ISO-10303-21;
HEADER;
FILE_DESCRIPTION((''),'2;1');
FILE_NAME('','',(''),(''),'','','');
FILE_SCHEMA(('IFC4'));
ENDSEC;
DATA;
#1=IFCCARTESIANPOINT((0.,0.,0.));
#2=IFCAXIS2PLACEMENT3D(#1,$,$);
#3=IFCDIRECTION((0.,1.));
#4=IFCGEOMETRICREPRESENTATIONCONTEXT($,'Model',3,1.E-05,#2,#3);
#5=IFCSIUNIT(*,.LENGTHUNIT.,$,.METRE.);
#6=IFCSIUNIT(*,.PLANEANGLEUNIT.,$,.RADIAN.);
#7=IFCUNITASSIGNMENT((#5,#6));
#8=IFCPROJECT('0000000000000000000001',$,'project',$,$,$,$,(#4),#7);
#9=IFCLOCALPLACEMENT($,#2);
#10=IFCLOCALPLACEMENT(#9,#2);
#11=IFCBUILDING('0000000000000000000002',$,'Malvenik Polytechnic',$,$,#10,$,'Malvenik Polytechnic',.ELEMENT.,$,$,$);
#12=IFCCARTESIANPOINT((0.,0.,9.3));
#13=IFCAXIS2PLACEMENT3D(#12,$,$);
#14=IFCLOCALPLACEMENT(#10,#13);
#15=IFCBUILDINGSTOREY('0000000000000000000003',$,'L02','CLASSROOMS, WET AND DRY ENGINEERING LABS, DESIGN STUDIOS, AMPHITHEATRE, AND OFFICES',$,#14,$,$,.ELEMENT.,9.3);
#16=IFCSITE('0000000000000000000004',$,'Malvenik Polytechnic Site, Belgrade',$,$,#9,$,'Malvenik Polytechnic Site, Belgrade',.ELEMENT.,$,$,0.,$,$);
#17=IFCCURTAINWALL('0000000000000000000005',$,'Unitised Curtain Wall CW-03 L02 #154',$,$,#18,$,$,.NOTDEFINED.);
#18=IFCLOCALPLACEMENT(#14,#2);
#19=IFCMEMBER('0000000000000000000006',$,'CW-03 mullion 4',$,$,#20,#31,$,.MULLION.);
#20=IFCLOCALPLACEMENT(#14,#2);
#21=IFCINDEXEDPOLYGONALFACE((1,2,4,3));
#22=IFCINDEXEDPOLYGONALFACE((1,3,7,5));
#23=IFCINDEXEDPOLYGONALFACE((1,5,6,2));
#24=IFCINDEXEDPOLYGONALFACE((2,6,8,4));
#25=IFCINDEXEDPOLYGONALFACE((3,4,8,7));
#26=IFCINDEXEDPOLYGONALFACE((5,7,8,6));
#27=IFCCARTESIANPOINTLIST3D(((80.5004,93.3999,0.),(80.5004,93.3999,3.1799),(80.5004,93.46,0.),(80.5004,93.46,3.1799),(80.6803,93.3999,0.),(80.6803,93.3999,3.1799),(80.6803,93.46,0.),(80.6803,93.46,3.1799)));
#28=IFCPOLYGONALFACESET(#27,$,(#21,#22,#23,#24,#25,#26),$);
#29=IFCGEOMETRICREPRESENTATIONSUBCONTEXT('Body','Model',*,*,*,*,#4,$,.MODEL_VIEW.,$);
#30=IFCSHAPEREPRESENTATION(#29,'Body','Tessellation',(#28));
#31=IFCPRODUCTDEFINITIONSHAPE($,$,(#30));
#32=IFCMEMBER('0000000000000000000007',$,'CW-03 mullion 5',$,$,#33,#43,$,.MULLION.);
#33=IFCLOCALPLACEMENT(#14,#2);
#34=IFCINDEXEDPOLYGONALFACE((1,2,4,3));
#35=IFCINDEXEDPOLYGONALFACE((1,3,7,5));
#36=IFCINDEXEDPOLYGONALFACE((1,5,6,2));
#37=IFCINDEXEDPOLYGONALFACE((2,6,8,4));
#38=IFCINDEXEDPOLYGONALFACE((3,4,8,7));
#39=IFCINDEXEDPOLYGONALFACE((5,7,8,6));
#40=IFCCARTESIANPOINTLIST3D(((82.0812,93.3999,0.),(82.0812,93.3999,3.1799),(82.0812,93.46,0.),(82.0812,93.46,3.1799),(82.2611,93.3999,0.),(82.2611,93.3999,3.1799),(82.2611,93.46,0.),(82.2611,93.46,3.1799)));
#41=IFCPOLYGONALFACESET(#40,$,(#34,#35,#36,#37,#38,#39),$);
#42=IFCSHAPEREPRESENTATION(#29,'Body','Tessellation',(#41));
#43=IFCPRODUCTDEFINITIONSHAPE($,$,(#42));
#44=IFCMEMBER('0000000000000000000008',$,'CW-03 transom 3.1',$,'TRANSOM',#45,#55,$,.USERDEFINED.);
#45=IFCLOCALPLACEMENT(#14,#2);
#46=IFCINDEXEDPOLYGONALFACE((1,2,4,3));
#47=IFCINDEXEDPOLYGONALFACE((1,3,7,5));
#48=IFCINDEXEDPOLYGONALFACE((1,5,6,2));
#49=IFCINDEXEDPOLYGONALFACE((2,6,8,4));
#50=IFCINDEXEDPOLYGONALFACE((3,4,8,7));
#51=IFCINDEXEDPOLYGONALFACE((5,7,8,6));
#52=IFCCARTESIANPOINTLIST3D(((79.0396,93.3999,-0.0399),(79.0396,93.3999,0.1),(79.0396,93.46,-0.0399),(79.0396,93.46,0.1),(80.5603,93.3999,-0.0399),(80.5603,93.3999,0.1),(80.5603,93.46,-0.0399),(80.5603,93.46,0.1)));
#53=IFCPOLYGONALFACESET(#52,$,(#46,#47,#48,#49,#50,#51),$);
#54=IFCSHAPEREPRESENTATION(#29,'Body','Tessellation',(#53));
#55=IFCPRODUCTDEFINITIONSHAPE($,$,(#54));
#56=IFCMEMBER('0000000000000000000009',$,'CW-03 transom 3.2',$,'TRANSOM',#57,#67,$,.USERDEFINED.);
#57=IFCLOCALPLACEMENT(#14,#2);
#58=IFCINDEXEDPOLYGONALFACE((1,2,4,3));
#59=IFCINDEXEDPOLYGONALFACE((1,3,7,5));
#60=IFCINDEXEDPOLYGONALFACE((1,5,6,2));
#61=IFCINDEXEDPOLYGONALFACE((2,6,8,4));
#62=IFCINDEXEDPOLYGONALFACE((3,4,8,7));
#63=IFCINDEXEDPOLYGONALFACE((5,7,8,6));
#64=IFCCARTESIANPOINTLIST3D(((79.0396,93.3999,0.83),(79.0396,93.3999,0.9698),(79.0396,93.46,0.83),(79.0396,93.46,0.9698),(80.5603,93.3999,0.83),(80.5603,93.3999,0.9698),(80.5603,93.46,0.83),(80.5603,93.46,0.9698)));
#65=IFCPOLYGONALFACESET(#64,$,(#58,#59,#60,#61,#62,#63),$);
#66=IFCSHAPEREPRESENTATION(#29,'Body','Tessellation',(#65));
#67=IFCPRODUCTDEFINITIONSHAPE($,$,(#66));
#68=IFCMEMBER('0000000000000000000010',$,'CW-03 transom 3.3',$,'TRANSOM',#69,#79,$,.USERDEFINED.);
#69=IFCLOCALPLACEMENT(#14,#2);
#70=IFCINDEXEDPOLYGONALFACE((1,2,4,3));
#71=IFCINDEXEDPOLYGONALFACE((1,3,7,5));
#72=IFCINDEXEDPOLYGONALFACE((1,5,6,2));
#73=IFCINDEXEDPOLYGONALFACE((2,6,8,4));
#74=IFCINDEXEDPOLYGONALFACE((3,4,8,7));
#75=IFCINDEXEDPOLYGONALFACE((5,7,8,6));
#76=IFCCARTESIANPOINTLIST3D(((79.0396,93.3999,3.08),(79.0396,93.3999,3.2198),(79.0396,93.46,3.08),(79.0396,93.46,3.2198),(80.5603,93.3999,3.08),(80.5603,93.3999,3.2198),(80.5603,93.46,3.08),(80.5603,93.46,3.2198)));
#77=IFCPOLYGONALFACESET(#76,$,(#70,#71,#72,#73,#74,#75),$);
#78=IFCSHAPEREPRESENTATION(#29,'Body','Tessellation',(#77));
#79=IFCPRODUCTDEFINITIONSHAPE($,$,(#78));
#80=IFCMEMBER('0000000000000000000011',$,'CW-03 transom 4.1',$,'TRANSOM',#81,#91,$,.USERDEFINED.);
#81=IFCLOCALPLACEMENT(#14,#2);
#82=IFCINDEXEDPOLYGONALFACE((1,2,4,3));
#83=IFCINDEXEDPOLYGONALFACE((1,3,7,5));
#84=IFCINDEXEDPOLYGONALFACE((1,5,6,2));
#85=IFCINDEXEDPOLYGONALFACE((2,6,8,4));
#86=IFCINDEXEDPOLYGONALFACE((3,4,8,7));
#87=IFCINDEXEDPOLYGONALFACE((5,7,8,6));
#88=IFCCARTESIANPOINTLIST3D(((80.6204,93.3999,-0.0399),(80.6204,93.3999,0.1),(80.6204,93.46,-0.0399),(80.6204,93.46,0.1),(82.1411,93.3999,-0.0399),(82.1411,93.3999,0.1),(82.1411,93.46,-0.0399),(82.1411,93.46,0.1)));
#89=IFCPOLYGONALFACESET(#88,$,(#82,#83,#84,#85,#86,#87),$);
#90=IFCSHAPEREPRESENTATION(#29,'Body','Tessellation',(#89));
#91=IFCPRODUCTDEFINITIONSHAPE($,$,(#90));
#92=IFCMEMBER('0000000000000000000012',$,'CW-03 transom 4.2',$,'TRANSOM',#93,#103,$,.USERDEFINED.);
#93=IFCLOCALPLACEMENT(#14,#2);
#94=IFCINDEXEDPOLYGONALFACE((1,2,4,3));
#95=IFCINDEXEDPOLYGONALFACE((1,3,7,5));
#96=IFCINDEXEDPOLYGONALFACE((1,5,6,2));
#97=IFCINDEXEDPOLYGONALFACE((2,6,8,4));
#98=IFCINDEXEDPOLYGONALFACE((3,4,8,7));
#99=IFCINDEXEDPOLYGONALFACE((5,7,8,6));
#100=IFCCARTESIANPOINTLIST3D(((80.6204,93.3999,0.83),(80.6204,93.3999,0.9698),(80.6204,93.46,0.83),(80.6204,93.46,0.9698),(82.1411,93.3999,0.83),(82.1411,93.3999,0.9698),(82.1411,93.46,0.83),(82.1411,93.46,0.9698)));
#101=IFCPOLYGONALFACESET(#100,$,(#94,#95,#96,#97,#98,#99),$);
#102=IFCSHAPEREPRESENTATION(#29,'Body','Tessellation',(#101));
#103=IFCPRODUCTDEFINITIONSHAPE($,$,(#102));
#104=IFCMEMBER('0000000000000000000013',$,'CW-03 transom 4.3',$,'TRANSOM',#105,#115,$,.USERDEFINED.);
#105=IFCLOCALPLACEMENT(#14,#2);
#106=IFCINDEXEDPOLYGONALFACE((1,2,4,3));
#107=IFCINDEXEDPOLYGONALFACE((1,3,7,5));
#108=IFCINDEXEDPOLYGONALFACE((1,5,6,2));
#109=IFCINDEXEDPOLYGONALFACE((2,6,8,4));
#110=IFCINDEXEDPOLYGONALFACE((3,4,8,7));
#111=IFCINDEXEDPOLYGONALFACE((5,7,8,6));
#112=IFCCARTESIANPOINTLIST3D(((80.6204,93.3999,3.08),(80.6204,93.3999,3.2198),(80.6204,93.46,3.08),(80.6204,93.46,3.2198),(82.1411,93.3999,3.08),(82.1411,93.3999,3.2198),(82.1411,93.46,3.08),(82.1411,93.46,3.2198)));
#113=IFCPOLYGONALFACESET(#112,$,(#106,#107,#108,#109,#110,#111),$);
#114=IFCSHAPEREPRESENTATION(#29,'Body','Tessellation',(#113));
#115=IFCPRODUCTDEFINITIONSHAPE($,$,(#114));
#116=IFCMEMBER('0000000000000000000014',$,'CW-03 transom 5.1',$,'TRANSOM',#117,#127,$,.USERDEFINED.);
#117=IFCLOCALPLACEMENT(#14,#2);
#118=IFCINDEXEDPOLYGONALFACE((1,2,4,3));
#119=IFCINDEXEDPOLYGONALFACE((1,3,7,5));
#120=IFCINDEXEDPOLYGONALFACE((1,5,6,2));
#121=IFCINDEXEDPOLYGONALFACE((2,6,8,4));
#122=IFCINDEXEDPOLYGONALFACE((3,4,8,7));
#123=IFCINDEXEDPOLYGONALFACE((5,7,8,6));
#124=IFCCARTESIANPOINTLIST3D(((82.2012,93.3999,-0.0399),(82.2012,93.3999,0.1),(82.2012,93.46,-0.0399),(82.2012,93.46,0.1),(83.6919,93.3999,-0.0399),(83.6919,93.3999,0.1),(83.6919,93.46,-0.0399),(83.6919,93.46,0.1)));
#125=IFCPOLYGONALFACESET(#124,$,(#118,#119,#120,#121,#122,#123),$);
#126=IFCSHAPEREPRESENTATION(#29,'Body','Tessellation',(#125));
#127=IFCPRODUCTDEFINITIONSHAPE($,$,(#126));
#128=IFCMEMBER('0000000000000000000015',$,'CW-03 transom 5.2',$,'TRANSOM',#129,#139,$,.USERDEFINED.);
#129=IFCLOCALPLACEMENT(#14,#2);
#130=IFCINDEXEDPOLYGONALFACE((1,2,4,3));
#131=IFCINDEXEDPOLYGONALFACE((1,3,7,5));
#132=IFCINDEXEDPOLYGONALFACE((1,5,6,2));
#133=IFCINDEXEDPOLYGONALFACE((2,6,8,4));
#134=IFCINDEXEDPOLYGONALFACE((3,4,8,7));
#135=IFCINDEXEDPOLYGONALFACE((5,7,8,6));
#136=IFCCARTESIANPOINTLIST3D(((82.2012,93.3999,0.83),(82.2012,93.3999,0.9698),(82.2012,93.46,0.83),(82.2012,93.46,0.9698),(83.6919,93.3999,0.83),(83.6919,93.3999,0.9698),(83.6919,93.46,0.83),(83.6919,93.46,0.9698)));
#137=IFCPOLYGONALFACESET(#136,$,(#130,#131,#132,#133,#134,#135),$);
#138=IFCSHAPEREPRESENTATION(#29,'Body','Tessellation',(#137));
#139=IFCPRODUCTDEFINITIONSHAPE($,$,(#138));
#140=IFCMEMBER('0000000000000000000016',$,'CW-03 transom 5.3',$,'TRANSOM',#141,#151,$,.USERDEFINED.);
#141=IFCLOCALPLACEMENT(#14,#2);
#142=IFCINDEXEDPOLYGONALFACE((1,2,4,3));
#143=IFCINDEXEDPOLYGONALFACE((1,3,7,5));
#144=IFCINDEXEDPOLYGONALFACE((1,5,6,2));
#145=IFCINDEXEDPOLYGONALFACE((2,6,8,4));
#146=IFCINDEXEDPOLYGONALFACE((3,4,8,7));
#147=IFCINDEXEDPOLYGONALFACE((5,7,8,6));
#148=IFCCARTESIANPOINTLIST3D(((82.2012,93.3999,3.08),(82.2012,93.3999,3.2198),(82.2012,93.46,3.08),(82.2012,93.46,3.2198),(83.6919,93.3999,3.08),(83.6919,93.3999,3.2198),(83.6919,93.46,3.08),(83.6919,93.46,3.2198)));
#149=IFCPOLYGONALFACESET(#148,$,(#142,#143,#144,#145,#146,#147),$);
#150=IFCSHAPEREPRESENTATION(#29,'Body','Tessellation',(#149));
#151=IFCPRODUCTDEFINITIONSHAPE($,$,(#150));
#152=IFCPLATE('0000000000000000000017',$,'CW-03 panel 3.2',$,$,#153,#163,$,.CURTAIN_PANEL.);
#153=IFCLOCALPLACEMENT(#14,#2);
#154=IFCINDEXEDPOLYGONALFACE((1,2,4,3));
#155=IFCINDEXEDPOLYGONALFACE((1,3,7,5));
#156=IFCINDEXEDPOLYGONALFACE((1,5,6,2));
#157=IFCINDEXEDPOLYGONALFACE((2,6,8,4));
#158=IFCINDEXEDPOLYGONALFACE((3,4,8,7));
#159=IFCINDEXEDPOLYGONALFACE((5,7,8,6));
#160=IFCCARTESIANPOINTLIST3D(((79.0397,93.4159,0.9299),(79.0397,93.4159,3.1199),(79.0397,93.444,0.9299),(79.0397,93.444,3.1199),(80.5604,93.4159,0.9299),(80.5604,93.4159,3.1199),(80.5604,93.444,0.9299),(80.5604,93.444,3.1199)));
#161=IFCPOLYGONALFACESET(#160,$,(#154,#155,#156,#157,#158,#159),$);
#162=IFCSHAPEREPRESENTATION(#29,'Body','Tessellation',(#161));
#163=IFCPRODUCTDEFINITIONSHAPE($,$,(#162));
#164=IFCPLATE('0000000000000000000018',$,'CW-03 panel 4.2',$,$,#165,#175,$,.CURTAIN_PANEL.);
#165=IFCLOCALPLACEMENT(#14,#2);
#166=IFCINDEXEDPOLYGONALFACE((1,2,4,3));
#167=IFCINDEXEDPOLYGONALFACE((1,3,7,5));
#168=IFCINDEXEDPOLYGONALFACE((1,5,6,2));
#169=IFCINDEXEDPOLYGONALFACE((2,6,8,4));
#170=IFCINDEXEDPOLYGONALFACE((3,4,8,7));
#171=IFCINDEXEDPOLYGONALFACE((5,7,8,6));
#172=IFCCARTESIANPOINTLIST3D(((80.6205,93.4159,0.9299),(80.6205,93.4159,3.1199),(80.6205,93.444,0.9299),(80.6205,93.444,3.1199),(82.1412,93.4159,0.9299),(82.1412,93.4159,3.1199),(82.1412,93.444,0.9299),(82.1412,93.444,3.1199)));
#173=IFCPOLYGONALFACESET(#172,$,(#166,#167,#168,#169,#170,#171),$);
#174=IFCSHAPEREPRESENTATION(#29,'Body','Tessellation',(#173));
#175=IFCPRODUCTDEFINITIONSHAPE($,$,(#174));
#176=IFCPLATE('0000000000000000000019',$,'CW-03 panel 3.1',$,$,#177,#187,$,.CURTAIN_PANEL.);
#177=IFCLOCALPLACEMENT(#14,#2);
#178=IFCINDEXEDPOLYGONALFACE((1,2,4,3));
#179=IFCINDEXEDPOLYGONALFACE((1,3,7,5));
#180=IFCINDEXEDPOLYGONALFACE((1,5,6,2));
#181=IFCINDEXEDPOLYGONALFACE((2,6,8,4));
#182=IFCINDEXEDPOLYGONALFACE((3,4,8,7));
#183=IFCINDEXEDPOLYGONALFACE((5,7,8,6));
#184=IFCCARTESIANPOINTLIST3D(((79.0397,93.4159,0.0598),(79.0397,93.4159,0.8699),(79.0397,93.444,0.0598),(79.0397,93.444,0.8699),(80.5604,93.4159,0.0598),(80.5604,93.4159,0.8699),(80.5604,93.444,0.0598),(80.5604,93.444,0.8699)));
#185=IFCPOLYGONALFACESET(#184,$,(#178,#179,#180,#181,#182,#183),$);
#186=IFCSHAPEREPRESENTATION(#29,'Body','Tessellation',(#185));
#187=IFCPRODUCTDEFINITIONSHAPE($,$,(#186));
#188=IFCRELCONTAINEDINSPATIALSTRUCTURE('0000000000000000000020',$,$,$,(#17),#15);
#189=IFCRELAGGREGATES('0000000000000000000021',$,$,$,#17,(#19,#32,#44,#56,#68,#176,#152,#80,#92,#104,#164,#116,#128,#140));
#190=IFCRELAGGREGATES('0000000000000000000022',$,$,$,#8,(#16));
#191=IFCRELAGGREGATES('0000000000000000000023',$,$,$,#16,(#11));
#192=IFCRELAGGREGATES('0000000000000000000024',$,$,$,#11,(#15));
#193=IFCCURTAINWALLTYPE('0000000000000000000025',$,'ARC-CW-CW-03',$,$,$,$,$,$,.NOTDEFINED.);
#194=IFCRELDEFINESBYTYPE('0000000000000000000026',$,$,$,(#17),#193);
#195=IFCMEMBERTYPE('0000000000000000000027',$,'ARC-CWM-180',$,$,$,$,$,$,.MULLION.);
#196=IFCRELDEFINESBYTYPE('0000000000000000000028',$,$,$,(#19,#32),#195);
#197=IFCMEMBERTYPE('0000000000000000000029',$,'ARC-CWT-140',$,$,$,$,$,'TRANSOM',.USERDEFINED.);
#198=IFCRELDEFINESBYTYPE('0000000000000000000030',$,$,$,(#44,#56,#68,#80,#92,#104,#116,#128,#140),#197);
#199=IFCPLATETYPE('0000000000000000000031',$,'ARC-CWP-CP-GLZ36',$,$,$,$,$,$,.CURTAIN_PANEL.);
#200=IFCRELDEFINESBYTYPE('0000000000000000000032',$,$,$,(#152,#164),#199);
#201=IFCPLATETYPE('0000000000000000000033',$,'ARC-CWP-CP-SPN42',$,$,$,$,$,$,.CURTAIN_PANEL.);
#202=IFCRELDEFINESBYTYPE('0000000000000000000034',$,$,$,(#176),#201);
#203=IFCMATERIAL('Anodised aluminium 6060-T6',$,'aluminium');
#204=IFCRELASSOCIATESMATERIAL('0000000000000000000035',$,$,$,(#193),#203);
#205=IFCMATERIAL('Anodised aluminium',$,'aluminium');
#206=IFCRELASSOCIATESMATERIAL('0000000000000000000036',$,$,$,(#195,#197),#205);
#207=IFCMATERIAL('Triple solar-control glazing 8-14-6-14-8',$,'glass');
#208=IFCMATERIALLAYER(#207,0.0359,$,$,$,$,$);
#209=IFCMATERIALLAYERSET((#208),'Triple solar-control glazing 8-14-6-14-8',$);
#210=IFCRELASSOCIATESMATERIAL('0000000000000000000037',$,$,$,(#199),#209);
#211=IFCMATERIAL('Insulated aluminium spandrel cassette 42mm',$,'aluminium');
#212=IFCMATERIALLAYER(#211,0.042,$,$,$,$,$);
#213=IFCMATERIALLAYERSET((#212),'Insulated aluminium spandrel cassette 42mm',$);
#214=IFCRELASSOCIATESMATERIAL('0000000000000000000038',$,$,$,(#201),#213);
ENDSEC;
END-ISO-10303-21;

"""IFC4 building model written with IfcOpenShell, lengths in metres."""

from ifc_helpers import new_model, si_unit, direction, frame, origin, origin_2d, place, context, subcontext, project, spatial, rectangle, extrude, material, layer, layer_set, material_profile, profile_set, type_object, element, aggregate, save


model = new_model("IFC4")

# Units and contexts
model_context = context("Model", 3, precision=1e-05, world=origin(), true_north=direction((0.0, 1.0)))
body_context = subcontext(model_context, "Body", "Model", "MODEL_VIEW")
ifc_project = project(units=[si_unit("LENGTHUNIT", "METRE"), si_unit("PLANEANGLEUNIT", "RADIAN")], contexts=[model_context])

# Site, building, storey
site_placement = place(None, origin())
site = spatial("IfcSite", under=ifc_project, at=site_placement, Name="Malvenik Polytechnic Site, Belgrade", LongName="Malvenik Polytechnic Site, Belgrade", CompositionType="ELEMENT", RefElevation=0.0)
building_placement = place(site_placement, origin())
building = spatial("IfcBuilding", under=site, at=building_placement, Name="Malvenik Polytechnic", LongName="Malvenik Polytechnic", CompositionType="ELEMENT")
storey_placement = place(building_placement, frame((0.0, 0.0, 9.3)))
storey = spatial("IfcBuildingStorey", under=building, at=storey_placement, Name="L02", Description="CLASSROOMS, WET AND DRY ENGINEERING LABS, DESIGN STUDIOS, AMPHITHEATRE, AND OFFICES", CompositionType="ELEMENT", Elevation=9.3)

# Curtain wall, members, plates
ifc_material_1 = material(Name="Anodised aluminium 6060-T6", Category="aluminium")
curtain_wall_type = type_object("IfcCurtainWallType", Name="ARC-CW-CW-03", PredefinedType="NOTDEFINED", material=ifc_material_1)
curtain_wall_placement = place(storey_placement, origin())
curtain_wall = element("IfcCurtainWall", 1, at=curtain_wall_placement, inside=storey, type_object=curtain_wall_type, Name="Unitised Curtain Wall CW-03 L02 #154", PredefinedType="NOTDEFINED")
ifc_material_2 = material(Name="Anodised aluminium", Category="aluminium")
ifc_material_profile_1 = material_profile(ifc_material_2, rectangle(XDim=0.0601, YDim=0.1799, at=origin_2d()), Name="ALU MULLION 60x180")
ifc_profile_set_1 = profile_set([ifc_material_profile_1], Name="Anodised aluminium")
member_type_1 = type_object("IfcMemberType", Name="ARC-CWM-180", PredefinedType="MULLION", material=ifc_profile_set_1)
member_1_placement = place(storey_placement, frame((80.5903, 93.4299, 0.0), z_axis=(0.0, 0.0, 1.0), x_axis=(0.0, 1.0, 0.0)))
member_1 = element("IfcMember", 2, at=member_1_placement, type_object=member_type_1, Name="CW-03 mullion 4", PredefinedType="MULLION", context=body_context, shape_type="SweptSolid", body=[
    extrude(rectangle(XDim=0.0601, YDim=0.1799, at=origin_2d()), origin(), (0.0, 0.0, 1.0), 3.1799),
])
member_2_placement = place(storey_placement, frame((82.1711, 93.4299, 0.0), z_axis=(0.0, 0.0, 1.0), x_axis=(0.0, 1.0, 0.0)))
member_2 = element("IfcMember", 3, at=member_2_placement, type_object=member_type_1, Name="CW-03 mullion 5", PredefinedType="MULLION", context=body_context, shape_type="SweptSolid", body=[
    extrude(rectangle(XDim=0.0601, YDim=0.1799, at=origin_2d()), origin(), (0.0, 0.0, 1.0), 3.1799),
])
ifc_material_profile_2 = material_profile(ifc_material_2, rectangle(XDim=0.0601, YDim=0.1399, at=origin_2d()), Name="ALU TRANSOM 60x140")
ifc_profile_set_2 = profile_set([ifc_material_profile_2], Name="Anodised aluminium")
member_type_2 = type_object("IfcMemberType", Name="ARC-CWT-140", ElementType="TRANSOM", PredefinedType="USERDEFINED", material=ifc_profile_set_2)
member_3_placement = place(storey_placement, frame((79.0396, 93.4299, 0.03), z_axis=(1.0, 0.0, 0.0), x_axis=(0.0, 1.0, 0.0)))
member_3 = element("IfcMember", 4, at=member_3_placement, type_object=member_type_2, Name="CW-03 transom 3.1", ObjectType="TRANSOM", PredefinedType="USERDEFINED", context=body_context, shape_type="SweptSolid", body=[
    extrude(rectangle(XDim=0.0601, YDim=0.1399, at=origin_2d()), origin(), (0.0, 0.0, 1.0), 1.5208),
])
member_4_placement = place(storey_placement, frame((79.0396, 93.4299, 0.8999), z_axis=(1.0, 0.0, 0.0), x_axis=(0.0, 1.0, 0.0)))
member_4 = element("IfcMember", 5, at=member_4_placement, type_object=member_type_2, Name="CW-03 transom 3.2", ObjectType="TRANSOM", PredefinedType="USERDEFINED", context=body_context, shape_type="SweptSolid", body=[
    extrude(rectangle(XDim=0.0601, YDim=0.1399, at=origin_2d()), origin(), (0.0, 0.0, 1.0), 1.5208),
])
member_5_placement = place(storey_placement, frame((79.0396, 93.4299, 3.1499), z_axis=(1.0, 0.0, 0.0), x_axis=(0.0, 1.0, 0.0)))
member_5 = element("IfcMember", 6, at=member_5_placement, type_object=member_type_2, Name="CW-03 transom 3.3", ObjectType="TRANSOM", PredefinedType="USERDEFINED", context=body_context, shape_type="SweptSolid", body=[
    extrude(rectangle(XDim=0.0601, YDim=0.1399, at=origin_2d()), origin(), (0.0, 0.0, 1.0), 1.5208),
])
member_6_placement = place(storey_placement, frame((80.6204, 93.4299, 0.03), z_axis=(1.0, 0.0, 0.0), x_axis=(0.0, 1.0, 0.0)))
member_6 = element("IfcMember", 7, at=member_6_placement, type_object=member_type_2, Name="CW-03 transom 4.1", ObjectType="TRANSOM", PredefinedType="USERDEFINED", context=body_context, shape_type="SweptSolid", body=[
    extrude(rectangle(XDim=0.0601, YDim=0.1399, at=origin_2d()), origin(), (0.0, 0.0, 1.0), 1.5208),
])
member_7_placement = place(storey_placement, frame((80.6204, 93.4299, 0.8999), z_axis=(1.0, 0.0, 0.0), x_axis=(0.0, 1.0, 0.0)))
member_7 = element("IfcMember", 8, at=member_7_placement, type_object=member_type_2, Name="CW-03 transom 4.2", ObjectType="TRANSOM", PredefinedType="USERDEFINED", context=body_context, shape_type="SweptSolid", body=[
    extrude(rectangle(XDim=0.0601, YDim=0.1399, at=origin_2d()), origin(), (0.0, 0.0, 1.0), 1.5208),
])
member_8_placement = place(storey_placement, frame((80.6204, 93.4299, 3.1499), z_axis=(1.0, 0.0, 0.0), x_axis=(0.0, 1.0, 0.0)))
member_8 = element("IfcMember", 9, at=member_8_placement, type_object=member_type_2, Name="CW-03 transom 4.3", ObjectType="TRANSOM", PredefinedType="USERDEFINED", context=body_context, shape_type="SweptSolid", body=[
    extrude(rectangle(XDim=0.0601, YDim=0.1399, at=origin_2d()), origin(), (0.0, 0.0, 1.0), 1.5208),
])
member_9_placement = place(storey_placement, frame((82.2012, 93.4299, 0.03), z_axis=(1.0, 0.0, 0.0), x_axis=(0.0, 1.0, 0.0)))
member_9 = element("IfcMember", 10, at=member_9_placement, type_object=member_type_2, Name="CW-03 transom 5.1", ObjectType="TRANSOM", PredefinedType="USERDEFINED", context=body_context, shape_type="SweptSolid", body=[
    extrude(rectangle(XDim=0.0601, YDim=0.1399, at=origin_2d()), origin(), (0.0, 0.0, 1.0), 1.4907),
])
member_10_placement = place(storey_placement, frame((82.2012, 93.4299, 0.8999), z_axis=(1.0, 0.0, 0.0), x_axis=(0.0, 1.0, 0.0)))
member_10 = element("IfcMember", 11, at=member_10_placement, type_object=member_type_2, Name="CW-03 transom 5.2", ObjectType="TRANSOM", PredefinedType="USERDEFINED", context=body_context, shape_type="SweptSolid", body=[
    extrude(rectangle(XDim=0.0601, YDim=0.1399, at=origin_2d()), origin(), (0.0, 0.0, 1.0), 1.4907),
])
member_11_placement = place(storey_placement, frame((82.2012, 93.4299, 3.1499), z_axis=(1.0, 0.0, 0.0), x_axis=(0.0, 1.0, 0.0)))
member_11 = element("IfcMember", 12, at=member_11_placement, type_object=member_type_2, Name="CW-03 transom 5.3", ObjectType="TRANSOM", PredefinedType="USERDEFINED", context=body_context, shape_type="SweptSolid", body=[
    extrude(rectangle(XDim=0.0601, YDim=0.1399, at=origin_2d()), origin(), (0.0, 0.0, 1.0), 1.4907),
])
ifc_material_3 = material(Name="Triple solar-control glazing 8-14-6-14-8", Category="glass")
ifc_layer_1 = layer(ifc_material_3, 0.0359)
ifc_layer_set_1 = layer_set([ifc_layer_1], Name="Triple solar-control glazing 8-14-6-14-8")
plate_type_1 = type_object("IfcPlateType", Name="ARC-CWP-CP-GLZ36", PredefinedType="CURTAIN_PANEL", material=ifc_layer_set_1)
plate_1_placement = place(storey_placement, frame((79.8, 93.4299, 0.9299), z_axis=(0.0, 0.0, 1.0), x_axis=(1.0, 0.0, 0.0)))
plate_1 = element("IfcPlate", 13, at=plate_1_placement, type_object=plate_type_1, Name="CW-03 panel 3.2", PredefinedType="CURTAIN_PANEL", context=body_context, shape_type="SweptSolid", body=[
    extrude(rectangle(XDim=1.5208, YDim=0.0281, at=origin_2d()), origin(), (0.0, 0.0, 1.0), 2.1899),
])
plate_2_placement = place(storey_placement, frame((81.3809, 93.4299, 0.9299), z_axis=(0.0, 0.0, 1.0), x_axis=(1.0, 0.0, 0.0)))
plate_2 = element("IfcPlate", 14, at=plate_2_placement, type_object=plate_type_1, Name="CW-03 panel 4.2", PredefinedType="CURTAIN_PANEL", context=body_context, shape_type="SweptSolid", body=[
    extrude(rectangle(XDim=1.5208, YDim=0.0281, at=origin_2d()), origin(), (0.0, 0.0, 1.0), 2.1899),
])
ifc_material_4 = material(Name="Insulated aluminium spandrel cassette 42mm", Category="aluminium")
ifc_layer_2 = layer(ifc_material_4, 0.042)
ifc_layer_set_2 = layer_set([ifc_layer_2], Name="Insulated aluminium spandrel cassette 42mm")
plate_type_2 = type_object("IfcPlateType", Name="ARC-CWP-CP-SPN42", PredefinedType="CURTAIN_PANEL", material=ifc_layer_set_2)
plate_3_placement = place(storey_placement, frame((79.8, 93.4299, 0.0598), z_axis=(0.0, 0.0, 1.0), x_axis=(1.0, 0.0, 0.0)))
plate_3 = element("IfcPlate", 15, at=plate_3_placement, type_object=plate_type_2, Name="CW-03 panel 3.1", PredefinedType="CURTAIN_PANEL", context=body_context, shape_type="SweptSolid", body=[
    extrude(rectangle(XDim=1.5208, YDim=0.0281, at=origin_2d()), origin(), (0.0, 0.0, 1.0), 0.8101),
])
aggregate(curtain_wall, [member_1, member_2, member_3, member_4, member_5, plate_3, plate_1, member_6, member_7, member_8, plate_2, member_9, member_10, member_11])

save(model, "model.ifc")
